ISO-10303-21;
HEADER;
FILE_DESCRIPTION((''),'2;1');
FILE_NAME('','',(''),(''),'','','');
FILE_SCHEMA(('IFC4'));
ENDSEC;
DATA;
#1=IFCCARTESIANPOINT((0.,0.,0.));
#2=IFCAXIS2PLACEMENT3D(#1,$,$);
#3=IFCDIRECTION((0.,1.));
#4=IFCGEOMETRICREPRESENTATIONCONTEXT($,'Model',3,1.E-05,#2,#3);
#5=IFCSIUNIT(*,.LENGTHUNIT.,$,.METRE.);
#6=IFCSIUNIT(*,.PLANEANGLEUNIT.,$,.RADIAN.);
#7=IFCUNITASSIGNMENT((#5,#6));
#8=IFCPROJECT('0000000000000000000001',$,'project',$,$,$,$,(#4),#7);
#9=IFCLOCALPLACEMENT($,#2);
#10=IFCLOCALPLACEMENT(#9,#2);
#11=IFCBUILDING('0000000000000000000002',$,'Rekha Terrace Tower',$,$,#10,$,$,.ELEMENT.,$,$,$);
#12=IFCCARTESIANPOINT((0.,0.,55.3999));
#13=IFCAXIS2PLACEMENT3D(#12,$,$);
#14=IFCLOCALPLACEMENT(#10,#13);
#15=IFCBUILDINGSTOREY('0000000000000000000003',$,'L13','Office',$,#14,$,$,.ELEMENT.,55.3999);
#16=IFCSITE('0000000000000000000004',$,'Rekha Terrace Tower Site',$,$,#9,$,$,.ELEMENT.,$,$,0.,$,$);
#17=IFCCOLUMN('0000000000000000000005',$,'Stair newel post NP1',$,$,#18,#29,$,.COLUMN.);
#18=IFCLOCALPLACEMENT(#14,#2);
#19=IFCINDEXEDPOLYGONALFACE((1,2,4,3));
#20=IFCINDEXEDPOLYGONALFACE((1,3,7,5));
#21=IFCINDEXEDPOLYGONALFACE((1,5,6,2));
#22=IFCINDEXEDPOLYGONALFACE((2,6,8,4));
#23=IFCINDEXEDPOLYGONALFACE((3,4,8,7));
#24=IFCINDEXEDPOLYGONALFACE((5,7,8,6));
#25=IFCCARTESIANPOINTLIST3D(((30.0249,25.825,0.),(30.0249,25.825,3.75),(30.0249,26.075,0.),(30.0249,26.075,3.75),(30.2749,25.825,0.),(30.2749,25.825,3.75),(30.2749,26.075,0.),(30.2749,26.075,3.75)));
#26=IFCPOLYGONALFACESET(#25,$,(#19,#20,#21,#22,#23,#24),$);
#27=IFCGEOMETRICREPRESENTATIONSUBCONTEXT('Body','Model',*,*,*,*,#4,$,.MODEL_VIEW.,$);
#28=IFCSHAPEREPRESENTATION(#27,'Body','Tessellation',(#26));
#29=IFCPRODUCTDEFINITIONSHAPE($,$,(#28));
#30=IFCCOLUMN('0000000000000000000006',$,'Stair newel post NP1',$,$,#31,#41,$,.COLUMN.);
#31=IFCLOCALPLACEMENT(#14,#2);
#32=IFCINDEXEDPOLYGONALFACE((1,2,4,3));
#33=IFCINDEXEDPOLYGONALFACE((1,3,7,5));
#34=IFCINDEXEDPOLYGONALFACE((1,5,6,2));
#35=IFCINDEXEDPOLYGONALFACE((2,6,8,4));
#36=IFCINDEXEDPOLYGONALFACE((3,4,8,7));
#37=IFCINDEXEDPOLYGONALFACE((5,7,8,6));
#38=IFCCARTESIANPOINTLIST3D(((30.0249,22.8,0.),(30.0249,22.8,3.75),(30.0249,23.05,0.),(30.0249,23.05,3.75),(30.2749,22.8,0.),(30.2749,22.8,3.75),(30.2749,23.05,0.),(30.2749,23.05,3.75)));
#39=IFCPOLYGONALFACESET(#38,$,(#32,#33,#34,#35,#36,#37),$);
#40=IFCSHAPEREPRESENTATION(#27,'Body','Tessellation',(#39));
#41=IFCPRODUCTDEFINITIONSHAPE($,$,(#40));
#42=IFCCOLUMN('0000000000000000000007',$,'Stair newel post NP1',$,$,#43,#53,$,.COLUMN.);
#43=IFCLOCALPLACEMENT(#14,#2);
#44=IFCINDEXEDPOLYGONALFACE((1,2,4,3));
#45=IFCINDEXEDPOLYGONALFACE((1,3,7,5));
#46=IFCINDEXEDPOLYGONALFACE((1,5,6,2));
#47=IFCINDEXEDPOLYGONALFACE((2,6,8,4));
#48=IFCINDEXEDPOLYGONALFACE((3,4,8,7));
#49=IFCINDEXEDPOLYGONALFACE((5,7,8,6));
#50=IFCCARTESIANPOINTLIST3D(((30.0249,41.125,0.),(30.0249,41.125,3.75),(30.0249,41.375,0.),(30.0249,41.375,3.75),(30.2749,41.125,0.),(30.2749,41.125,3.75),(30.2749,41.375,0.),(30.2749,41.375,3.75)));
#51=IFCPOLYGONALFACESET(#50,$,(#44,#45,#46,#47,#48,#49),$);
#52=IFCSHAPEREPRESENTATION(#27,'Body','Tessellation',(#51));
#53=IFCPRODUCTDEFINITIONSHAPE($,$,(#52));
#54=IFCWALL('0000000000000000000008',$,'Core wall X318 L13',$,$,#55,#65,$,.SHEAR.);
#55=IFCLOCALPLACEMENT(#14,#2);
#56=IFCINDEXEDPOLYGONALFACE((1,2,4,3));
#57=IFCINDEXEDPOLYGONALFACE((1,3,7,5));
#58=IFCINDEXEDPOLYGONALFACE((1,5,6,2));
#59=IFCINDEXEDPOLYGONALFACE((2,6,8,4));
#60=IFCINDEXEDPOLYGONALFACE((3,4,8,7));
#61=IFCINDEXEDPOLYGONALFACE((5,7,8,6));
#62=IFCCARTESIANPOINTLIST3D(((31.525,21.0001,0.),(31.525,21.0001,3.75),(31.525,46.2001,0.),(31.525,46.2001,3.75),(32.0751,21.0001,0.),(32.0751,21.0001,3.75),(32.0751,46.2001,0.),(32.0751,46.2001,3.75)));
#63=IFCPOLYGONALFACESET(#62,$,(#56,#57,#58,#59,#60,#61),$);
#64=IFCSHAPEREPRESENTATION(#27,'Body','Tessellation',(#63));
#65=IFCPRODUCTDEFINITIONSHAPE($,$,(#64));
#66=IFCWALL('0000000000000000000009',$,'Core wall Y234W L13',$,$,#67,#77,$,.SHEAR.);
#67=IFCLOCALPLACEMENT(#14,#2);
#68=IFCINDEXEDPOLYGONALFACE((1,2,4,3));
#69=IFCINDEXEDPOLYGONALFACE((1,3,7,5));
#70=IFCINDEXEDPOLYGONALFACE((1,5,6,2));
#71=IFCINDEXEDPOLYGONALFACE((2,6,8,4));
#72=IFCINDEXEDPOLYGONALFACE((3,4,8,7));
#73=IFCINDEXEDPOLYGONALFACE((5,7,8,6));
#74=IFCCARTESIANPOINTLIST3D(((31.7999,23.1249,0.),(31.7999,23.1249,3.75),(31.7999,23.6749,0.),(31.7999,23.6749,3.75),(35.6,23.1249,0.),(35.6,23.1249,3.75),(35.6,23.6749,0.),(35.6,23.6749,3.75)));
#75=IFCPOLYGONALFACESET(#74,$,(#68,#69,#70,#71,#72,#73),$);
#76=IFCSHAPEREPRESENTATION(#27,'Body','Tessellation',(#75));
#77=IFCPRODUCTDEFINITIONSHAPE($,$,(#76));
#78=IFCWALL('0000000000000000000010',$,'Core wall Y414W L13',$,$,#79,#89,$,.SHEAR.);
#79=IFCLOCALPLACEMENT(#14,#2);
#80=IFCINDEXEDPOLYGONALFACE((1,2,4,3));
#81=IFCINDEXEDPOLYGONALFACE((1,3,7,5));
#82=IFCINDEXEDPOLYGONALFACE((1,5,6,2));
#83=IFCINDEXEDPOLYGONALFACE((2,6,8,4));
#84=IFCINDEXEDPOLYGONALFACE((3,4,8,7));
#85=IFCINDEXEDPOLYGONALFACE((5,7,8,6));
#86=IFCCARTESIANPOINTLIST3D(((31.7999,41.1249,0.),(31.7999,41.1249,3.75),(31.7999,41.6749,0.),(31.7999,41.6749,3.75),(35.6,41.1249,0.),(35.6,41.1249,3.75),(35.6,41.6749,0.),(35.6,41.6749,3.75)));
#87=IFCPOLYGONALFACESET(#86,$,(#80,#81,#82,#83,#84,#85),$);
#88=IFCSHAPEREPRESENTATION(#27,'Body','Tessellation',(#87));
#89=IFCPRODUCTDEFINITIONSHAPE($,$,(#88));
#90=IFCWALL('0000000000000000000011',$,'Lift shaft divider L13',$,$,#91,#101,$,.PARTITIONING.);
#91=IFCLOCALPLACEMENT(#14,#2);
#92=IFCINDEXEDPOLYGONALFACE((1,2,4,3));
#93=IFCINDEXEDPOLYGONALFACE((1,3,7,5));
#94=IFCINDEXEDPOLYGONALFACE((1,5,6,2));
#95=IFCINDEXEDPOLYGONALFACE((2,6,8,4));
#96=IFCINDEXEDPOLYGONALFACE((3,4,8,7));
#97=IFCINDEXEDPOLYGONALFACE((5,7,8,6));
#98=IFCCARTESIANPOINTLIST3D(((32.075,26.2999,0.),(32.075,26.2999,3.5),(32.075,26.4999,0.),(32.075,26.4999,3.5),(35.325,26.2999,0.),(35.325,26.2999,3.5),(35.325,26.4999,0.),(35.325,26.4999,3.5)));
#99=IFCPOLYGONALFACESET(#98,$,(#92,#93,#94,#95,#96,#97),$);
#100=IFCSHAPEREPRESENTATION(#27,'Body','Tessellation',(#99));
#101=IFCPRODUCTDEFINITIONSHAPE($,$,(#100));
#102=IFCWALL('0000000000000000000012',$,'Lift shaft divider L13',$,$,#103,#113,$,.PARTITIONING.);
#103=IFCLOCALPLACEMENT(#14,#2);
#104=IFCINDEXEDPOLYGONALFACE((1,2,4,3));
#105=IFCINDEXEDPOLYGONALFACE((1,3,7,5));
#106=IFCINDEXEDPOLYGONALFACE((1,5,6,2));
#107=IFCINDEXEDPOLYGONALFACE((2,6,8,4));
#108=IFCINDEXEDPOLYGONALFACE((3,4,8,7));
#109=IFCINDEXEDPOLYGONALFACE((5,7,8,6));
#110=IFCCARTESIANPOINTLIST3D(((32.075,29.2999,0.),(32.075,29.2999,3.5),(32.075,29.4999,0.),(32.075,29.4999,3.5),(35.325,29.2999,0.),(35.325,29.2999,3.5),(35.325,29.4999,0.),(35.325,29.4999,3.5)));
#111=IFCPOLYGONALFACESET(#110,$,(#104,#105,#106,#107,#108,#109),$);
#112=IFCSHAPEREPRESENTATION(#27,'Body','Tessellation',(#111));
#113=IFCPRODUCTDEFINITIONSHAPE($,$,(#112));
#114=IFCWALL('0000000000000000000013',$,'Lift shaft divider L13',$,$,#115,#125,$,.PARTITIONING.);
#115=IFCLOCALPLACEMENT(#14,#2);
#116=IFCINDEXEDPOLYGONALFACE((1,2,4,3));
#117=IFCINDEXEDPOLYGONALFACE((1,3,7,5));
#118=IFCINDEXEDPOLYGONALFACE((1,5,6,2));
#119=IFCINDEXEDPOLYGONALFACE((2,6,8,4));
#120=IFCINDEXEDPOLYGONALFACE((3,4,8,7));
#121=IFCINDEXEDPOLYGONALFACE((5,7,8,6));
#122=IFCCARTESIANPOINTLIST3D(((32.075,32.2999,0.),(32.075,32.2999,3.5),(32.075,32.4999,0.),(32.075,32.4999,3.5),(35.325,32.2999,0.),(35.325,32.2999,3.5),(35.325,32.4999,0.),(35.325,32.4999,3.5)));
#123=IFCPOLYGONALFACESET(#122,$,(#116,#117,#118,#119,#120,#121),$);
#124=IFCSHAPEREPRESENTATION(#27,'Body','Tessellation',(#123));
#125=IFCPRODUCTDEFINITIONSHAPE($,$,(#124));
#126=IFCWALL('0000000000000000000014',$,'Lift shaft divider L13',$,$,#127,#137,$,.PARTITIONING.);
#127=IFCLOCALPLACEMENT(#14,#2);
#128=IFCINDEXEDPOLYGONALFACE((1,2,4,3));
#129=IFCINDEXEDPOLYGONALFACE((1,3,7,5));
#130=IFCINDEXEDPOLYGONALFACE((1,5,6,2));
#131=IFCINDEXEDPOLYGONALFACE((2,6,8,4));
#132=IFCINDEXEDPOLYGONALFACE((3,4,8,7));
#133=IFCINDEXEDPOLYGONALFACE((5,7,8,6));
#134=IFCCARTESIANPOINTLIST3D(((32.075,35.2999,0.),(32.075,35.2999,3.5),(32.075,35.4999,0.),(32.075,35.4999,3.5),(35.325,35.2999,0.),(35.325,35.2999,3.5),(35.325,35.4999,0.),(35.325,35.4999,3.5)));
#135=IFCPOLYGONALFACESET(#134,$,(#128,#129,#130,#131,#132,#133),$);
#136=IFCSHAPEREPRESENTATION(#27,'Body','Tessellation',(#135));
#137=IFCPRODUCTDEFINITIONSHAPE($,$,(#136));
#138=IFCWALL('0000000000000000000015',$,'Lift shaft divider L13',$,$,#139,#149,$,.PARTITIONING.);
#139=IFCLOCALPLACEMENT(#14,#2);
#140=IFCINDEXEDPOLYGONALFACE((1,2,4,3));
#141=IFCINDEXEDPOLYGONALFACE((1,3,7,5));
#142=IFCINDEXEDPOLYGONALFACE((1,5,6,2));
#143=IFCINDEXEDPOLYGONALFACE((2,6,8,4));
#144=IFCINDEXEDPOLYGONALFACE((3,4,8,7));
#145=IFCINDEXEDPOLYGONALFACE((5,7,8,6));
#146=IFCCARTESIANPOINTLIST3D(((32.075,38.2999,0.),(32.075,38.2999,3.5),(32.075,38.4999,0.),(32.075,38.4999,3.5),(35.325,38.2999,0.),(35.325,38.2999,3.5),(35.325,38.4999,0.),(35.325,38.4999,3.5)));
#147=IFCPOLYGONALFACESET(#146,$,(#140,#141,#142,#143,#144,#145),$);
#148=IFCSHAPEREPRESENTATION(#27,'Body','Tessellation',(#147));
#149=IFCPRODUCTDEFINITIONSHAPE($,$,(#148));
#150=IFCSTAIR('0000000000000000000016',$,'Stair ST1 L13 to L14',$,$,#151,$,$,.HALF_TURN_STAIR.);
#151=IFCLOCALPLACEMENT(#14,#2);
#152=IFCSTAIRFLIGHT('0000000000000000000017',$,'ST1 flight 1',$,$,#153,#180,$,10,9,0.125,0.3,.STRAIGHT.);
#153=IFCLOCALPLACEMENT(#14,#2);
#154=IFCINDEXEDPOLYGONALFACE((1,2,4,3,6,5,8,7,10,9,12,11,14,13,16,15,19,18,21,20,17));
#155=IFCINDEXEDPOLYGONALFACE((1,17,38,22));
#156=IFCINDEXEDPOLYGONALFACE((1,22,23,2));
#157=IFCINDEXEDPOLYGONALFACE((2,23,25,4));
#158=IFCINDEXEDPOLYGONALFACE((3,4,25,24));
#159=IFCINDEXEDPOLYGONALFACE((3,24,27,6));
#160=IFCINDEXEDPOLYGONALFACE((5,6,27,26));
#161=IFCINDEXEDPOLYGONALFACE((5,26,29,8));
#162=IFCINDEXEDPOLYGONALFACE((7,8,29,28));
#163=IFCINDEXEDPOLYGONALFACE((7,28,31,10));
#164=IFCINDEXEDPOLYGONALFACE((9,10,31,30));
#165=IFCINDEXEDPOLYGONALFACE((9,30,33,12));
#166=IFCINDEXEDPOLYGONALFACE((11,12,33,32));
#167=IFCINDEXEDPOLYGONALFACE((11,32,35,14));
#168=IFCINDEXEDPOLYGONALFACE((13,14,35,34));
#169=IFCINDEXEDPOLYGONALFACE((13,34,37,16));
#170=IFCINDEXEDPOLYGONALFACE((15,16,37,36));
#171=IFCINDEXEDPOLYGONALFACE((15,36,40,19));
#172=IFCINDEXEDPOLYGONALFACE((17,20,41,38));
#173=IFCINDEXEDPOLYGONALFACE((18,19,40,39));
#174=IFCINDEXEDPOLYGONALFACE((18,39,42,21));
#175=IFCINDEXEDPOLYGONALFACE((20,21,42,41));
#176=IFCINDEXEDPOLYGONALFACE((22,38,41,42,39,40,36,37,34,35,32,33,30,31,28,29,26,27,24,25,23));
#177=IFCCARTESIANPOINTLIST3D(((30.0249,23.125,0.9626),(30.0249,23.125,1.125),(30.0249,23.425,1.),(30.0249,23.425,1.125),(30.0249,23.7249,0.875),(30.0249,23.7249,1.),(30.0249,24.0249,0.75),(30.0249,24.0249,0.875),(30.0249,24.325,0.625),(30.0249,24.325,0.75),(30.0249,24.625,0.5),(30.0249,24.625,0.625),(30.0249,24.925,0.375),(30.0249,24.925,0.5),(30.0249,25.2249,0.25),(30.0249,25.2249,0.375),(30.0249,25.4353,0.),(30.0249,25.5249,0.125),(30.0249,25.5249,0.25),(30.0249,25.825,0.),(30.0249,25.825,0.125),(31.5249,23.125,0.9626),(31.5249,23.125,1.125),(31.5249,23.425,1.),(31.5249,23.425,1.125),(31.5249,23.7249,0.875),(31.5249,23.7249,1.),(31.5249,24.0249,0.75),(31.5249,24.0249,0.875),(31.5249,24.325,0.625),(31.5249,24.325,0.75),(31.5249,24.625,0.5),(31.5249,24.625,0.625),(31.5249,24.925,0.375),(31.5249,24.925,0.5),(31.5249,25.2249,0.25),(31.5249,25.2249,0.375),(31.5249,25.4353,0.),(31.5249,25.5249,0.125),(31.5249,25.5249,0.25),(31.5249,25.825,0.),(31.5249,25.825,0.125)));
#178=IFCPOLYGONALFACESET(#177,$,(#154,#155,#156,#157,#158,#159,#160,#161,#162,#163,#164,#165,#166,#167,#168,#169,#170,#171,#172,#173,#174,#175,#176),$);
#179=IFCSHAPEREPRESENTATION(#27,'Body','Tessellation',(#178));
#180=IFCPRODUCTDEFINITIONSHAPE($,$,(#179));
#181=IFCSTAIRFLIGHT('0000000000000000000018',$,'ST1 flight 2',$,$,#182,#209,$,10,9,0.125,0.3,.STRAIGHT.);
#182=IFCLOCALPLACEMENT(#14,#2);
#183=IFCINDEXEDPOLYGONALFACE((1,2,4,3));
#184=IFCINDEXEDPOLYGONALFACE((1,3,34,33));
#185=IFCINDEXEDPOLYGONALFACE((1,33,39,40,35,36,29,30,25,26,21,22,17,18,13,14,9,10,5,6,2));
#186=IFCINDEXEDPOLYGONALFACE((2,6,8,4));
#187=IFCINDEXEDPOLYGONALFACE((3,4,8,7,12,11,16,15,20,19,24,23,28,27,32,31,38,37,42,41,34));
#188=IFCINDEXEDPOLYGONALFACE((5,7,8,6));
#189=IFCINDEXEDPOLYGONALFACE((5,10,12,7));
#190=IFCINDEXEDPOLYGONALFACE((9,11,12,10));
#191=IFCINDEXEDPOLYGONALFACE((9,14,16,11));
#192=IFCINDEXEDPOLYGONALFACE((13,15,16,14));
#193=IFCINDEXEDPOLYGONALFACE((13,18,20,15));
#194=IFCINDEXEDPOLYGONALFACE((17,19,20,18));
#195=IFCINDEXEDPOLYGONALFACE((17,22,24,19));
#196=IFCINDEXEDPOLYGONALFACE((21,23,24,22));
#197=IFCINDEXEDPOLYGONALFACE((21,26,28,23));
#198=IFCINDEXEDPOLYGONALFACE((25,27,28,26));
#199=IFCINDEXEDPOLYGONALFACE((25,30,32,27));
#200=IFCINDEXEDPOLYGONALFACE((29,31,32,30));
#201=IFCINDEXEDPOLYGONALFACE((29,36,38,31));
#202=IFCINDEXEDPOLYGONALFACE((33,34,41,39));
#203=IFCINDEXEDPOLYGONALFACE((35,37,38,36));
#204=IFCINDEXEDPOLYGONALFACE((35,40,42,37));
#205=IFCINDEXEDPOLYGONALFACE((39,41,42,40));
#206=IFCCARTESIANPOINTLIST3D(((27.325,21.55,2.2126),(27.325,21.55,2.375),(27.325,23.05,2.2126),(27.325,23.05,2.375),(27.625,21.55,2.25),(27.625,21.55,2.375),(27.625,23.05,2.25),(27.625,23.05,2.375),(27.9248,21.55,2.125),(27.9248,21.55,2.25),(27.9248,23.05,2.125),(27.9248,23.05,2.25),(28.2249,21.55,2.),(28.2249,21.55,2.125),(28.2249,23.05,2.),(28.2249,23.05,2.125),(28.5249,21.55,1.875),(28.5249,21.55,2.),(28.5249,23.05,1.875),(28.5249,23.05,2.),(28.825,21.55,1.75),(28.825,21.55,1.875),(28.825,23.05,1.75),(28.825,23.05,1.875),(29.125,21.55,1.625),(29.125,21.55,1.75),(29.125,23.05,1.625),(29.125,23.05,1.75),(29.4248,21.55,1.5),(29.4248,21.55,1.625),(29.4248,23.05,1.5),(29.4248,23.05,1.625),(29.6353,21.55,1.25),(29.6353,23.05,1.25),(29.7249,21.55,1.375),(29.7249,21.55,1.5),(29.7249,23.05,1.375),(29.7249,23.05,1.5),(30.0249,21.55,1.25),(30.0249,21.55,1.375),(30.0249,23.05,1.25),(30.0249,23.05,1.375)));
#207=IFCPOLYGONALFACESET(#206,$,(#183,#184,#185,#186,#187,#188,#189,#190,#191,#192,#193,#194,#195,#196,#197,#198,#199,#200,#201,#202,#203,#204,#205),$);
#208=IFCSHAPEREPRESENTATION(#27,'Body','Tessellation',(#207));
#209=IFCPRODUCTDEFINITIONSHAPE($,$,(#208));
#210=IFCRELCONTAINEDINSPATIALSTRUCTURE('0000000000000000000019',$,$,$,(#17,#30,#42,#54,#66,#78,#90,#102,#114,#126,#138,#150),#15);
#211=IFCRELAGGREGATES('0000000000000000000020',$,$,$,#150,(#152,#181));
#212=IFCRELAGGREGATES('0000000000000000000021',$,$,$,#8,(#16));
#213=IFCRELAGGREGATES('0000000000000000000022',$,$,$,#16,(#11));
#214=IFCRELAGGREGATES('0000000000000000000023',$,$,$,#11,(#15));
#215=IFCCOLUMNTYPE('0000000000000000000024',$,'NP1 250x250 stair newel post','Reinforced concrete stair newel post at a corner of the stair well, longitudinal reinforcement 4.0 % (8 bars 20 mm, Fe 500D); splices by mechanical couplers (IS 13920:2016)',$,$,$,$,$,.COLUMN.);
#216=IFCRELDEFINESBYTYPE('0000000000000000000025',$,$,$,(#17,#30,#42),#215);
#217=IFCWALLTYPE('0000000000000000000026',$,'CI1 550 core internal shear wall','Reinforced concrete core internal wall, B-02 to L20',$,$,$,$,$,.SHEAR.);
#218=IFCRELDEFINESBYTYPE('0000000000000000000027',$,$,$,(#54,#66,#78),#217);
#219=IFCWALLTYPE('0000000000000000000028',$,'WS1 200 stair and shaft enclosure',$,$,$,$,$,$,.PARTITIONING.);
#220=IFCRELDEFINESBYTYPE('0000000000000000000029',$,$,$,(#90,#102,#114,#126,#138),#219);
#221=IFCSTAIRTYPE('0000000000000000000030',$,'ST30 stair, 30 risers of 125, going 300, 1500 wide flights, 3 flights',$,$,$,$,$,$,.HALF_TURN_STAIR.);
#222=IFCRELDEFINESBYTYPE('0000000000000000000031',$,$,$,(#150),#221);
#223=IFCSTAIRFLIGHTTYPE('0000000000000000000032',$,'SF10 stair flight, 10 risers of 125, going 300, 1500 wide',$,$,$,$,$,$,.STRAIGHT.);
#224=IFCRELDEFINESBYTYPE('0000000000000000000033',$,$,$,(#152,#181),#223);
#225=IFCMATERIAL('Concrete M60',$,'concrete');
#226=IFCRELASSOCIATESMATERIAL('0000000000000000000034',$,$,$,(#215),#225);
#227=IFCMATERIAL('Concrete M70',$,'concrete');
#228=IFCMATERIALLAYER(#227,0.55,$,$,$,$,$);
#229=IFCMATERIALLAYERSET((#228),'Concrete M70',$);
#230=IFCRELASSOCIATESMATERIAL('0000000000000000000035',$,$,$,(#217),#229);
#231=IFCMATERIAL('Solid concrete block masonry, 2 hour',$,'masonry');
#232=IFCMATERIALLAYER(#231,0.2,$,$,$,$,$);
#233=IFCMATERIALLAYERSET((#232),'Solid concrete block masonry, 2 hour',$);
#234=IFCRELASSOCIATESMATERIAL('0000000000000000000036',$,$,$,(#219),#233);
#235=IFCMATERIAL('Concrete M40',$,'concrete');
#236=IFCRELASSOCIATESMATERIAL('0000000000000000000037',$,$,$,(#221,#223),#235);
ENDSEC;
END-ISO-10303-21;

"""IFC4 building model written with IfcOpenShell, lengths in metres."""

from ifc_helpers import new_model, si_unit, direction, frame, frame_2d, origin, origin_2d, place, context, subcontext, project, spatial, polyline, rectangle, outline, extrude, material, layer, layer_set, material_profile, profile_set, type_object, element, aggregate, save


model = new_model("IFC4")

# Units and contexts
model_context = context("Model", 3, precision=1e-05, world=origin(), true_north=direction((0.0, 1.0)))
body_context = subcontext(model_context, "Body", "Model", "MODEL_VIEW")
ifc_project = project(units=[si_unit("LENGTHUNIT", "METRE"), si_unit("PLANEANGLEUNIT", "RADIAN")], contexts=[model_context])

# Site, building, storey
site_placement = place(None, origin())
site = spatial("IfcSite", under=ifc_project, at=site_placement, Name="Rekha Terrace Tower Site", CompositionType="ELEMENT", RefElevation=0.0)
building_placement = place(site_placement, origin())
building = spatial("IfcBuilding", under=site, at=building_placement, Name="Rekha Terrace Tower", CompositionType="ELEMENT")
storey_placement = place(building_placement, frame((0.0, 0.0, 55.3999)))
storey = spatial("IfcBuildingStorey", under=building, at=storey_placement, Name="L13", Description="Office", CompositionType="ELEMENT", Elevation=55.3999)

# Columns
ifc_material_1 = material(Name="Concrete M60", Category="concrete")
ifc_material_profile = material_profile(ifc_material_1, rectangle(XDim=0.25, YDim=0.25, at=origin_2d()), Name="RC 250x250")
ifc_profile_set = profile_set([ifc_material_profile], Name="Concrete M60")
column_type = type_object("IfcColumnType", Name="NP1 250x250 stair newel post", Description="Reinforced concrete stair newel post at a corner of the stair well, longitudinal reinforcement 4.0 % (8 bars 20 mm, Fe 500D); splices by mechanical couplers (IS 13920:2016)", PredefinedType="COLUMN", material=ifc_profile_set)
for number, where, z_axis, x_axis, name in (
    (1, (30.1499, 25.95, 0.0), (0.0, 0.0, 1.0), (1.0, 0.0, 0.0), "Stair newel post NP1"),
    (2, (30.1499, 22.925, 0.0), (0.0, 0.0, 1.0), (1.0, 0.0, 0.0), "Stair newel post NP1"),
    (3, (30.1499, 41.25, 0.0), (0.0, 0.0, 1.0), (1.0, 0.0, 0.0), "Stair newel post NP1"),
):
    element("IfcColumn", number, at=place(storey_placement, frame(where, z_axis=z_axis, x_axis=x_axis)), inside=storey, type_object=column_type, Name=name, PredefinedType="COLUMN", context=body_context, shape_type="SweptSolid", body=[
        extrude(rectangle(XDim=0.25, YDim=0.25, at=origin_2d()), origin(), (0.0, 0.0, 1.0), 3.75),
    ])

# Walls
ifc_material_2 = material(Name="Concrete M70", Category="concrete")
ifc_layer_1 = layer(ifc_material_2, 0.55)
ifc_layer_set_1 = layer_set([ifc_layer_1], Name="Concrete M70")
wall_type_1 = type_object("IfcWallType", Name="CI1 550 core internal shear wall", Description="Reinforced concrete core internal wall, B-02 to L20", PredefinedType="SHEAR", material=ifc_layer_set_1)
wall_placement = place(storey_placement, frame((31.8, 21.0, 0.0), z_axis=(0.0, 0.0, 1.0), x_axis=(0.0, 1.0, 0.0)))
element("IfcWall", 4, at=wall_placement, inside=storey, type_object=wall_type_1, Name="Core wall X318 L13", PredefinedType="SHEAR", context=body_context, shape_type="SweptSolid", body=[
    extrude(rectangle(XDim=25.2, YDim=0.55, at=frame_2d((12.6001, 0.0))), origin(), (0.0, 0.0, 1.0), 3.75),
])
for number, where, z_axis, x_axis, name in (
    (5, (31.8, 23.3999, 0.0), (0.0, 0.0, 1.0), (1.0, 0.0, 0.0), "Core wall Y234W L13"),
    (6, (31.8, 41.3999, 0.0), (0.0, 0.0, 1.0), (1.0, 0.0, 0.0), "Core wall Y414W L13"),
):
    element("IfcWall", number, at=place(storey_placement, frame(where, z_axis=z_axis, x_axis=x_axis)), inside=storey, type_object=wall_type_1, Name=name, PredefinedType="SHEAR", context=body_context, shape_type="SweptSolid", body=[
        extrude(rectangle(XDim=3.8, YDim=0.55, at=frame_2d((1.8999, 0.0))), origin(), (0.0, 0.0, 1.0), 3.75),
    ])
ifc_material_3 = material(Name="Solid concrete block masonry, 2 hour", Category="masonry")
ifc_layer_2 = layer(ifc_material_3, 0.2)
ifc_layer_set_2 = layer_set([ifc_layer_2], Name="Solid concrete block masonry, 2 hour")
wall_type_2 = type_object("IfcWallType", Name="WS1 200 stair and shaft enclosure", PredefinedType="PARTITIONING", material=ifc_layer_set_2)
for number, where, z_axis, x_axis, name in (
    (7, (32.075, 26.3999, 0.0), (0.0, 0.0, 1.0), (1.0, 0.0, 0.0), "Lift shaft divider L13"),
    (8, (32.075, 29.3999, 0.0), (0.0, 0.0, 1.0), (1.0, 0.0, 0.0), "Lift shaft divider L13"),
    (9, (32.075, 32.3999, 0.0), (0.0, 0.0, 1.0), (1.0, 0.0, 0.0), "Lift shaft divider L13"),
    (10, (32.075, 35.3999, 0.0), (0.0, 0.0, 1.0), (1.0, 0.0, 0.0), "Lift shaft divider L13"),
    (11, (32.075, 38.3999, 0.0), (0.0, 0.0, 1.0), (1.0, 0.0, 0.0), "Lift shaft divider L13"),
):
    element("IfcWall", number, at=place(storey_placement, frame(where, z_axis=z_axis, x_axis=x_axis)), inside=storey, type_object=wall_type_2, Name=name, PredefinedType="PARTITIONING", context=body_context, shape_type="SweptSolid", body=[
        extrude(rectangle(XDim=3.25, YDim=0.2, at=frame_2d((1.625, 0.0))), origin(), (0.0, 0.0, 1.0), 3.5),
    ])

# Stair, stair flights
ifc_material_4 = material(Name="Concrete M40", Category="concrete")
stair_type = type_object("IfcStairType", Name="ST30 stair, 30 risers of 125, going 300, 1500 wide flights, 3 flights", PredefinedType="HALF_TURN_STAIR", material=ifc_material_4)
stair_1_placement = place(storey_placement, origin())
stair_1 = element("IfcStair", 12, at=stair_1_placement, inside=storey, type_object=stair_type, Name="Stair ST1 L13 to L14", PredefinedType="HALF_TURN_STAIR")
stair_flight_type = type_object("IfcStairFlightType", Name="SF10 stair flight, 10 risers of 125, going 300, 1500 wide", PredefinedType="STRAIGHT", material=ifc_material_4)
stair_flight_1_placement = place(storey_placement, frame((30.7749, 25.825, 0.0), z_axis=(0.0, 0.0, 1.0), x_axis=(0.0, -1.0, 0.0)))
stair_flight_1 = element("IfcStairFlight", 13, at=stair_flight_1_placement, type_object=stair_flight_type, Name="ST1 flight 1", NumberOfRisers=10, NumberOfTreads=9, PredefinedType="STRAIGHT", RiserHeight=0.125, TreadLength=0.3, context=body_context, shape_type="SweptSolid", body=[
    extrude(outline(polyline([(0.0, 0.0), (0.0, 0.125), (0.3, 0.125), (0.3, 0.25), (0.6001, 0.25), (0.6001, 0.375), (0.8999, 0.375), (0.8999, 0.5), (1.2, 0.5), (1.2, 0.625), (1.5, 0.625), (1.5, 0.75), (1.8, 0.75), (1.8, 0.875), (2.1001, 0.875), (2.1001, 1.0), (2.3999, 1.0), (2.3999, 1.125), (2.7, 1.125), (2.7, 1.25), (2.7, 0.9626), (0.3896, 0.0), (0.0, 0.0)])), frame((0.0, 0.75, 0.0), z_axis=(0.0, -1.0, 0.0), x_axis=(1.0, 0.0, 0.0)), (0.0, 0.0, 1.0), 1.5),
])
stair_flight_2_placement = place(storey_placement, frame((30.0249, 22.3, 1.25), z_axis=(0.0, 0.0, 1.0), x_axis=(-1.0, 0.0, 0.0)))
stair_flight_2 = element("IfcStairFlight", 14, at=stair_flight_2_placement, type_object=stair_flight_type, Name="ST1 flight 2", NumberOfRisers=10, NumberOfTreads=9, PredefinedType="STRAIGHT", RiserHeight=0.125, TreadLength=0.3, context=body_context, shape_type="SweptSolid", body=[
    extrude(outline(polyline([(0.0, 0.0), (0.0, 0.125), (0.3, 0.125), (0.3, 0.25), (0.6001, 0.25), (0.6001, 0.375), (0.8999, 0.375), (0.8999, 0.5), (1.2, 0.5), (1.2, 0.625), (1.5, 0.625), (1.5, 0.75), (1.8, 0.75), (1.8, 0.875), (2.1001, 0.875), (2.1001, 1.0), (2.3999, 1.0), (2.3999, 1.125), (2.7, 1.125), (2.7, 1.25), (2.7, 0.9626), (0.3896, 0.0), (0.0, 0.0)])), frame((0.0, 0.75, 0.0), z_axis=(0.0, -1.0, 0.0), x_axis=(1.0, 0.0, 0.0)), (0.0, 0.0, 1.0), 1.5),
])
aggregate(stair_1, [stair_flight_1, stair_flight_2])

save(model, "model.ifc")
